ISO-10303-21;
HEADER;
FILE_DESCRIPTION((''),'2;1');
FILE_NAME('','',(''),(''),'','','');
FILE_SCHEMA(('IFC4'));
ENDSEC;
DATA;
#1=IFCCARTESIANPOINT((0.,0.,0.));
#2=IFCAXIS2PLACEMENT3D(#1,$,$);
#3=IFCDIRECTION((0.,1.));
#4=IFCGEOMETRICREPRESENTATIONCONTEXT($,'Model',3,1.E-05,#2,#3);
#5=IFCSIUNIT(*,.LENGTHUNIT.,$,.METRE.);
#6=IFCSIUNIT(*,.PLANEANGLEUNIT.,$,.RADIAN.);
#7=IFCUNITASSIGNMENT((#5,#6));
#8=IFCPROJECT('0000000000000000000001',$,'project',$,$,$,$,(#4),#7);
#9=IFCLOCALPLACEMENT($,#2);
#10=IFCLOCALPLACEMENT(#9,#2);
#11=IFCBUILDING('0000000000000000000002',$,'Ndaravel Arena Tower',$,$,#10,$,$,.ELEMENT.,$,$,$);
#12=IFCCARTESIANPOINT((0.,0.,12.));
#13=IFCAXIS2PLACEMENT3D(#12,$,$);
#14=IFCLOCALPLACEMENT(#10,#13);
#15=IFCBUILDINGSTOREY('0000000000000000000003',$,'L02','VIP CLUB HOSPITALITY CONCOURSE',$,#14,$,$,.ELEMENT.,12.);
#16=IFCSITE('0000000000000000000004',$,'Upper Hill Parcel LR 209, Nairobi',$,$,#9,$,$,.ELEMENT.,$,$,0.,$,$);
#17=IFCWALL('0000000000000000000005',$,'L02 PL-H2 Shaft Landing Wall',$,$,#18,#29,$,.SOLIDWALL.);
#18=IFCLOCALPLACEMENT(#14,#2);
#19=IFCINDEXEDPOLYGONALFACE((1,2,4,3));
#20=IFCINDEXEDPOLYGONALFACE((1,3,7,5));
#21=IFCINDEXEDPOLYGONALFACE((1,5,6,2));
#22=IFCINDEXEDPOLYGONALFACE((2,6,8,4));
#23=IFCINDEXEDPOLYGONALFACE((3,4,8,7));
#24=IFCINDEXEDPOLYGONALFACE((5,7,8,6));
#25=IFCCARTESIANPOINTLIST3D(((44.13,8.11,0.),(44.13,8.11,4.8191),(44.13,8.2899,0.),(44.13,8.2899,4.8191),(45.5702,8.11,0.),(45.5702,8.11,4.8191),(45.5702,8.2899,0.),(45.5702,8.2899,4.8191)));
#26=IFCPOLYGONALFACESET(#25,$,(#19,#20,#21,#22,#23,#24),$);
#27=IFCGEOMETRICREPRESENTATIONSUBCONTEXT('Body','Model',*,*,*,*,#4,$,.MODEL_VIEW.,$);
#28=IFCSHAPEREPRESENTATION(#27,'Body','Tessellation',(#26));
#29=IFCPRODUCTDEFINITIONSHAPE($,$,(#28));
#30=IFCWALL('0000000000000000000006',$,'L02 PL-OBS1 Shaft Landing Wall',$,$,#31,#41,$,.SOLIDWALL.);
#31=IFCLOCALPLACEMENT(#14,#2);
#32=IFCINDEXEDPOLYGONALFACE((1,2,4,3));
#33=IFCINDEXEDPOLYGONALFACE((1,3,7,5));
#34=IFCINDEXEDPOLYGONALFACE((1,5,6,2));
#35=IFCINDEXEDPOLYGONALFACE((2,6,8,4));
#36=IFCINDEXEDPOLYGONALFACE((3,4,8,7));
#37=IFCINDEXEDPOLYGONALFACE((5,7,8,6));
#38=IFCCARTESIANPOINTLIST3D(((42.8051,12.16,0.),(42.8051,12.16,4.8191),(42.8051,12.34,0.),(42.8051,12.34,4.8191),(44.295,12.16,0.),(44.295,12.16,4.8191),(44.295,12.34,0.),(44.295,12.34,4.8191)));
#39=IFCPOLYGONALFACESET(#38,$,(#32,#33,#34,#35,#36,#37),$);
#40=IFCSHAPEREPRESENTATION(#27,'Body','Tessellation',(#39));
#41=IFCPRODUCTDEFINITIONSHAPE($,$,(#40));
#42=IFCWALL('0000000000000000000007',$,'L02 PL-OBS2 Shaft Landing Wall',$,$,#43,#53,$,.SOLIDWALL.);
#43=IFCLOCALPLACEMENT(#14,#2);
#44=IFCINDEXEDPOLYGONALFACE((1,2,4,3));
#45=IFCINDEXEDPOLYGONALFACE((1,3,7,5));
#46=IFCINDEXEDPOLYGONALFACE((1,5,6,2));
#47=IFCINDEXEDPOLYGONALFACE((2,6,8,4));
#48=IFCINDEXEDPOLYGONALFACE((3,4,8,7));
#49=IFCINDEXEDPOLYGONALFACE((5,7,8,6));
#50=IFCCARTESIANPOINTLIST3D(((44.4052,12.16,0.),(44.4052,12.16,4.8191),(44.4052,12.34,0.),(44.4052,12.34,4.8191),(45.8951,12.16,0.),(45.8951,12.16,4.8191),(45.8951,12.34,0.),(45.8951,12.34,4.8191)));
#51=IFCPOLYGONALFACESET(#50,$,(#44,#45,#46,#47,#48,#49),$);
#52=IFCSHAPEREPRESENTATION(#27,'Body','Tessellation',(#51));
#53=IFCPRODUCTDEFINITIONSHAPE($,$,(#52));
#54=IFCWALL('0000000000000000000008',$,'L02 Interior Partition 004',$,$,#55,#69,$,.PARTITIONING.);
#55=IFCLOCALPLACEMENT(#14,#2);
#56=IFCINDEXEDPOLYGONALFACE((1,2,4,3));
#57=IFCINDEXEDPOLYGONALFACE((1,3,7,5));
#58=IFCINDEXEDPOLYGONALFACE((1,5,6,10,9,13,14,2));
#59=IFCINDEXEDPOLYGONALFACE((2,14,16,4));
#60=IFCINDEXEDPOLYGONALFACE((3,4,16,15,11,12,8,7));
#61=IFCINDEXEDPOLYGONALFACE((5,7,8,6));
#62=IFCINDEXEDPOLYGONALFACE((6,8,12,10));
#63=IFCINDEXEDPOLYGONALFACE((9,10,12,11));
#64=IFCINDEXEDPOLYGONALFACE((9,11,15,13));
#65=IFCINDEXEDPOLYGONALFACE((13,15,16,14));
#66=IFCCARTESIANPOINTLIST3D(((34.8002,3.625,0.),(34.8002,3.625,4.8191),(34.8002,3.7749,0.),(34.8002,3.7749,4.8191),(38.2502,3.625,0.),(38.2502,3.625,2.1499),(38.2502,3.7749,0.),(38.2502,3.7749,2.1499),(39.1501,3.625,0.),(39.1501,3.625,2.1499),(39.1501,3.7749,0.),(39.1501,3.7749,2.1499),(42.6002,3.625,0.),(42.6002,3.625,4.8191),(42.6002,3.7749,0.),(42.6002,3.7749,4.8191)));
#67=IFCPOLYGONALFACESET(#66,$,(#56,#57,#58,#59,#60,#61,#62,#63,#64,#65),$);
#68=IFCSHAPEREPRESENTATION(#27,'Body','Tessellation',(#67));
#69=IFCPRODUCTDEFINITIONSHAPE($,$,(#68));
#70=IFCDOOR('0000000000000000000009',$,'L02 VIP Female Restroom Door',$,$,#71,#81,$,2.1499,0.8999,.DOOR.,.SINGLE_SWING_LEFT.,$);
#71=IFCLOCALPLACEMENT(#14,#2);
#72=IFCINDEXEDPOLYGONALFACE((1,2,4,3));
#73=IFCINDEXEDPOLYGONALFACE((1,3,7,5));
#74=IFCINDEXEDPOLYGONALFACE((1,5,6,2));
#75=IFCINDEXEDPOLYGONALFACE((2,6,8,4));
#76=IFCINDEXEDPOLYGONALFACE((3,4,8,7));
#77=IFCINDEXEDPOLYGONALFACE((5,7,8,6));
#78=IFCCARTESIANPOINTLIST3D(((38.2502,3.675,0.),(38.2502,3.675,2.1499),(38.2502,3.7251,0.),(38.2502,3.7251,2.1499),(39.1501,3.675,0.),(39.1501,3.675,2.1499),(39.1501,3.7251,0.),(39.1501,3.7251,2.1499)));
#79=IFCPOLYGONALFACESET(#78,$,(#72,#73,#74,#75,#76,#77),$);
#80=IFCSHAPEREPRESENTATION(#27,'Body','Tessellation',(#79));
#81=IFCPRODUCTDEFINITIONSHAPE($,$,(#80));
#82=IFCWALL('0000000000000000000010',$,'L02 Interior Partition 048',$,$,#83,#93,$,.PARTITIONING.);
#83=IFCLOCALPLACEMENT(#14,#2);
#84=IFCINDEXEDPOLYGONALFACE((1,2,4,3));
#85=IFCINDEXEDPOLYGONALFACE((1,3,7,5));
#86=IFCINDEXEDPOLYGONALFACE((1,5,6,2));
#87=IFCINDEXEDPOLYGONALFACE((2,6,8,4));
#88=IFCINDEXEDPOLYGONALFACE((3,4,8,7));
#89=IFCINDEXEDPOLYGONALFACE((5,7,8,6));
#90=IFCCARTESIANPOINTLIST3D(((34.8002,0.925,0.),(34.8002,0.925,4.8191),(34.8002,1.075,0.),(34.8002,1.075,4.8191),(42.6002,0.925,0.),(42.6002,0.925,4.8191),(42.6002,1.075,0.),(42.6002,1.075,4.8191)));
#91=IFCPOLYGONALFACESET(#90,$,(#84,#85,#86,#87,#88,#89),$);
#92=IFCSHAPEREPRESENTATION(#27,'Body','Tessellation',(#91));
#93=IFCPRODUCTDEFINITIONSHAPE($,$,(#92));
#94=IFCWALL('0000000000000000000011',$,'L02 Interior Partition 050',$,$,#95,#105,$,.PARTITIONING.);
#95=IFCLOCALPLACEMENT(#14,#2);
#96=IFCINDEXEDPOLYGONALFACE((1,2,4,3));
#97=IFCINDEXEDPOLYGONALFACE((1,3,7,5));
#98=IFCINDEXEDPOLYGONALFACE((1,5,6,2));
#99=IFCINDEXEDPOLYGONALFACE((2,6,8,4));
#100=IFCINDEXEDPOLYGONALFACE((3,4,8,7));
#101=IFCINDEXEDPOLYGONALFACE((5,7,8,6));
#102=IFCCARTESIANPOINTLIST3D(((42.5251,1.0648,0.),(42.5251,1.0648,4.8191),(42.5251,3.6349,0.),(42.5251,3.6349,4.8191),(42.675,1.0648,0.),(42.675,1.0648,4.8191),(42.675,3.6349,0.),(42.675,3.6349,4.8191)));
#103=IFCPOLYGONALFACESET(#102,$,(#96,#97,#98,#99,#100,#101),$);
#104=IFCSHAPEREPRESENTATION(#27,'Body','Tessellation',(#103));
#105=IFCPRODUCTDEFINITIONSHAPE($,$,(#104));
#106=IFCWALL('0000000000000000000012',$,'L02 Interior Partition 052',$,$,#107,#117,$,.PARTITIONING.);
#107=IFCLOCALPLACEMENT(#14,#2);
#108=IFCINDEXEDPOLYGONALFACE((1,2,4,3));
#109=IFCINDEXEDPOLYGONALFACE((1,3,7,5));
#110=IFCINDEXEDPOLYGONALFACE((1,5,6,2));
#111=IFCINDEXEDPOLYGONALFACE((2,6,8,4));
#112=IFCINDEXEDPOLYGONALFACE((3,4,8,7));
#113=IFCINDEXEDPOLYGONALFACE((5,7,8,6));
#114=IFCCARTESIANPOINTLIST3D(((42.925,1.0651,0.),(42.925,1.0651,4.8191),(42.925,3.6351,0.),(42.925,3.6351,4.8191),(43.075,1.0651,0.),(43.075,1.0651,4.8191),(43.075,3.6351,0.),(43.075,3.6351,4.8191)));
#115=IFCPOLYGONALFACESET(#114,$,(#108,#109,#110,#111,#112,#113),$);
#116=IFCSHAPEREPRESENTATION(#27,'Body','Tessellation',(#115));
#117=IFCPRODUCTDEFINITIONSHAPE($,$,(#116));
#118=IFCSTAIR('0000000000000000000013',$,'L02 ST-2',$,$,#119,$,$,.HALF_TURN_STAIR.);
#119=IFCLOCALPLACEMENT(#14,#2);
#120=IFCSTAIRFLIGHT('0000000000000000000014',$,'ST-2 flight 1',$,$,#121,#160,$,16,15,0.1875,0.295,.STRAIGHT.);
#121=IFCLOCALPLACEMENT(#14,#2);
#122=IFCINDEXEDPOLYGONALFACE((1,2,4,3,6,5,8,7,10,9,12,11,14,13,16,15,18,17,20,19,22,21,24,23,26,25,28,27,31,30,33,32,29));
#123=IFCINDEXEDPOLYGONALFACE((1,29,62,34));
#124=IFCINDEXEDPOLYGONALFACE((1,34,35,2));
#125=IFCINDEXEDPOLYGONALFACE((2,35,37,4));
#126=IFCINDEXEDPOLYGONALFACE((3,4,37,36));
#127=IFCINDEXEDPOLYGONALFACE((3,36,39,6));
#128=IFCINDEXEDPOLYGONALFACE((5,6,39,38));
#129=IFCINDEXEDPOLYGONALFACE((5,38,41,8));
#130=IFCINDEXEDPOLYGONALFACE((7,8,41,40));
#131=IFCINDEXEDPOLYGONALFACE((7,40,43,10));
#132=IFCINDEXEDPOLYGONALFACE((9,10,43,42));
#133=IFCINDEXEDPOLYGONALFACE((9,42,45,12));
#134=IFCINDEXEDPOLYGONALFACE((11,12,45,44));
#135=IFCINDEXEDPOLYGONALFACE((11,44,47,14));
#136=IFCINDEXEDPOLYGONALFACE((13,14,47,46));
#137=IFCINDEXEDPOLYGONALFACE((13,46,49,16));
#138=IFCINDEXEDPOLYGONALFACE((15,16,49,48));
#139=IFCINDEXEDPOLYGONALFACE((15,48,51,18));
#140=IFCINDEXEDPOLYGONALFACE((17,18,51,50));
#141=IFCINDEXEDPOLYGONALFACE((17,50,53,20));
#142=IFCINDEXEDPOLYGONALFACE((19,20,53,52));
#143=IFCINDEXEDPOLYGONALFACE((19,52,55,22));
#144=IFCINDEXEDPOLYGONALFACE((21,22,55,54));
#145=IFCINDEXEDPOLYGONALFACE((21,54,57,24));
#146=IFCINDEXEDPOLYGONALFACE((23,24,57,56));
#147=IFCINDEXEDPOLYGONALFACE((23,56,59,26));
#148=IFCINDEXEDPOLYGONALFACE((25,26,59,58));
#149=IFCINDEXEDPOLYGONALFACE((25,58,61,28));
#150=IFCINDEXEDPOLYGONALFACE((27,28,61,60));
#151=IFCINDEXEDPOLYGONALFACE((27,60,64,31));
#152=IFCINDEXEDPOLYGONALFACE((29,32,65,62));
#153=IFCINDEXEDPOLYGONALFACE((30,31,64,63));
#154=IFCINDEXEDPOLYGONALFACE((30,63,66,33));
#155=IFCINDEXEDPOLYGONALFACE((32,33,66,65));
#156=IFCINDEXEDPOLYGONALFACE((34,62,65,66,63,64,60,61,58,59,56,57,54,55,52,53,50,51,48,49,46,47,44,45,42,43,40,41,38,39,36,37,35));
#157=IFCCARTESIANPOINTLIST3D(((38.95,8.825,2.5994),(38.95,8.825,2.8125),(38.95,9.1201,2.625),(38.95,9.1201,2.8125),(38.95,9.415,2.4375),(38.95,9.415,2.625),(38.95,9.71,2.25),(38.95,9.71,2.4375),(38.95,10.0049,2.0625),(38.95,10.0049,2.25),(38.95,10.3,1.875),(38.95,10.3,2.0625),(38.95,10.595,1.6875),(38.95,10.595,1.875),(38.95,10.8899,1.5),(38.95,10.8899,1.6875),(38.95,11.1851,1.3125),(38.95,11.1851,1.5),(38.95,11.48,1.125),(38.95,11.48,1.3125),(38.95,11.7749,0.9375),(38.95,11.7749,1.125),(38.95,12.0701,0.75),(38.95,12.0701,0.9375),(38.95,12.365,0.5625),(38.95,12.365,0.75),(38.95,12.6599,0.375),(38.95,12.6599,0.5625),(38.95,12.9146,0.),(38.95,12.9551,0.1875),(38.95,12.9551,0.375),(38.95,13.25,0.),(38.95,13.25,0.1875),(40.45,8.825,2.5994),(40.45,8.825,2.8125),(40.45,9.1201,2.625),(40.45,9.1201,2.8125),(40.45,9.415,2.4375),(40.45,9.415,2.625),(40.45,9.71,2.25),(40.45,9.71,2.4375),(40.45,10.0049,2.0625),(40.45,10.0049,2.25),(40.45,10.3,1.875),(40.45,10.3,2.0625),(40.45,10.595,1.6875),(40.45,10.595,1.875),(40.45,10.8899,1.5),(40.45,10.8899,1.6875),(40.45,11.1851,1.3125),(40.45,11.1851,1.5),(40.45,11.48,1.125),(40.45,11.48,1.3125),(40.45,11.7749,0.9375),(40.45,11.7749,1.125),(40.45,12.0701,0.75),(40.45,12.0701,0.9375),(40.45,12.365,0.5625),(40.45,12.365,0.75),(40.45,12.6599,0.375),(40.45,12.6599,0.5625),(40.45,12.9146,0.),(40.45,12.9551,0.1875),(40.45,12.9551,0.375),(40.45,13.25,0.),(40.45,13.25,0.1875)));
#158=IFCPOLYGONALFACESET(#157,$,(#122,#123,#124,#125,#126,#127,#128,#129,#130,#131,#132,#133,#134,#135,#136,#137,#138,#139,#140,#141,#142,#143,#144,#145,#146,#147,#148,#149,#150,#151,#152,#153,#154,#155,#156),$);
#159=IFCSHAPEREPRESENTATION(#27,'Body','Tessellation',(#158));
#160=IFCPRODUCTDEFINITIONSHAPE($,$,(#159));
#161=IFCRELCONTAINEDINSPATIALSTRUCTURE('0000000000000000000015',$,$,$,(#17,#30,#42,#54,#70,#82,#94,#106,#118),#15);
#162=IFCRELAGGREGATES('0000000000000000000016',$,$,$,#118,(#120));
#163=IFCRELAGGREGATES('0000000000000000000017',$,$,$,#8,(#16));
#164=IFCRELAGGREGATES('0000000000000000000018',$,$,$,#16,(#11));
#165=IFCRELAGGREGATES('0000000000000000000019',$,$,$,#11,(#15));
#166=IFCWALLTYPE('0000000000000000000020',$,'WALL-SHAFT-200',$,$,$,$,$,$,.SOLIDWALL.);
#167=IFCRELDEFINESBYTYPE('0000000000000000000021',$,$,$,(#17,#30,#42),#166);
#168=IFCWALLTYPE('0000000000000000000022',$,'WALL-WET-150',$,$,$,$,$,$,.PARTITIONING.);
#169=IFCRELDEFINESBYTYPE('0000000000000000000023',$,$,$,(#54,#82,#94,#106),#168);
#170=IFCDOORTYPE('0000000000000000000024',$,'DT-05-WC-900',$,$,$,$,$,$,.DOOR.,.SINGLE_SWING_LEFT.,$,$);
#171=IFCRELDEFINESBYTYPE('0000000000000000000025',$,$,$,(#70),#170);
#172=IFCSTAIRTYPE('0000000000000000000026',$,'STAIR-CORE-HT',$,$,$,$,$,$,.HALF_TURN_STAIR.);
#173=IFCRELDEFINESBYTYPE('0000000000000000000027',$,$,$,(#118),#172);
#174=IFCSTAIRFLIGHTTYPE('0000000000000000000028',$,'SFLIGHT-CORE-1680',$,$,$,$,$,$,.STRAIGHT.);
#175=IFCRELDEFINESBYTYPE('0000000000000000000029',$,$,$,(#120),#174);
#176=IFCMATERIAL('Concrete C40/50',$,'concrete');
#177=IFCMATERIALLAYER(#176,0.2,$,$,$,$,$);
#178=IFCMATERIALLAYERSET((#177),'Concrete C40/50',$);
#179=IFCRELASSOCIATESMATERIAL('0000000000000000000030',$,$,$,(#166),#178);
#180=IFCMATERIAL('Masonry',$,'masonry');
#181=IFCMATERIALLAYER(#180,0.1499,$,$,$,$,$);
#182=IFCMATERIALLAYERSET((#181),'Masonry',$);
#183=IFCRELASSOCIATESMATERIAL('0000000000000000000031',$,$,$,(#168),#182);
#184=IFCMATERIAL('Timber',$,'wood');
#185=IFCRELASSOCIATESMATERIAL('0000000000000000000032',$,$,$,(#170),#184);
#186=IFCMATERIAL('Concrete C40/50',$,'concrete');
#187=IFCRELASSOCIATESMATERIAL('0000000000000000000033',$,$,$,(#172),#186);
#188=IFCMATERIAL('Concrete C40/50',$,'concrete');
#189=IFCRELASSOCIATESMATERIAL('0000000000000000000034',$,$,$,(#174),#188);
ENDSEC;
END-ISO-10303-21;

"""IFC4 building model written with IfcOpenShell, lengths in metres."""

from ifc_helpers import new_model, si_unit, direction, frame, frame_2d, origin, place, context, subcontext, project, spatial, polyline, rectangle, outline, extrude, material, layer, layer_set, type_object, element, fill, aggregate, save


model = new_model("IFC4")

# Units and contexts
model_context = context("Model", 3, precision=1e-05, world=origin(), true_north=direction((0.0, 1.0)))
body_context = subcontext(model_context, "Body", "Model", "MODEL_VIEW")
ifc_project = project(units=[si_unit("LENGTHUNIT", "METRE"), si_unit("PLANEANGLEUNIT", "RADIAN")], contexts=[model_context])

# Site, building, storey
site_placement = place(None, origin())
site = spatial("IfcSite", under=ifc_project, at=site_placement, Name="Upper Hill Parcel LR 209, Nairobi", CompositionType="ELEMENT", RefElevation=0.0)
building_placement = place(site_placement, origin())
building = spatial("IfcBuilding", under=site, at=building_placement, Name="Ndaravel Arena Tower", CompositionType="ELEMENT")
storey_placement = place(building_placement, frame((0.0, 0.0, 12.0)))
storey = spatial("IfcBuildingStorey", under=building, at=storey_placement, Name="L02", Description="VIP CLUB HOSPITALITY CONCOURSE", CompositionType="ELEMENT", Elevation=12.0)

# Walls
ifc_material_1 = material(Name="Concrete C40/50", Category="concrete")
ifc_layer_1 = layer(ifc_material_1, 0.2)
ifc_layer_set_1 = layer_set([ifc_layer_1], Name="Concrete C40/50")
wall_type_1 = type_object("IfcWallType", Name="WALL-SHAFT-200", PredefinedType="SOLIDWALL", material=ifc_layer_set_1)
wall_1_placement = place(storey_placement, frame((44.1299, 8.2, 0.0), z_axis=(0.0, 0.0, 1.0), x_axis=(1.0, 0.0, 0.0)))
element("IfcWall", 1, at=wall_1_placement, inside=storey, type_object=wall_type_1, Name="L02 PL-H2 Shaft Landing Wall", PredefinedType="SOLIDWALL", context=body_context, shape_type="SweptSolid", body=[
    extrude(rectangle(XDim=1.4402, YDim=0.1799, at=frame_2d((0.7202, 0.0))), origin(), (0.0, 0.0, 1.0), 4.8191),
])
for number, where, z_axis, x_axis, name in (
    (2, (42.8049, 12.25, 0.0), (0.0, 0.0, 1.0), (1.0, 0.0, 0.0), "L02 PL-OBS1 Shaft Landing Wall"),
    (3, (44.405, 12.25, 0.0), (0.0, 0.0, 1.0), (1.0, 0.0, 0.0), "L02 PL-OBS2 Shaft Landing Wall"),
):
    element("IfcWall", number, at=place(storey_placement, frame(where, z_axis=z_axis, x_axis=x_axis)), inside=storey, type_object=wall_type_1, Name=name, PredefinedType="SOLIDWALL", context=body_context, shape_type="SweptSolid", body=[
        extrude(rectangle(XDim=1.49, YDim=0.1799, at=frame_2d((0.7451, 0.0))), origin(), (0.0, 0.0, 1.0), 4.8191),
    ])

# Wall, opening, door
ifc_material_2 = material(Name="Masonry", Category="masonry")
ifc_layer_2 = layer(ifc_material_2, 0.1499)
ifc_layer_set_2 = layer_set([ifc_layer_2], Name="Masonry")
wall_type_2 = type_object("IfcWallType", Name="WALL-WET-150", PredefinedType="PARTITIONING", material=ifc_layer_set_2)
wall_2_placement = place(storey_placement, frame((42.6001, 3.7, 0.0), z_axis=(0.0, 0.0, 1.0), x_axis=(-1.0, 0.0, 0.0)))
wall_2 = element("IfcWall", 4, at=wall_2_placement, inside=storey, type_object=wall_type_2, Name="L02 Interior Partition 004", PredefinedType="PARTITIONING", context=body_context, shape_type="SweptSolid", body=[
    extrude(rectangle(XDim=7.8, YDim=0.1499, at=frame_2d((3.8999, 0.0))), origin(), (0.0, 0.0, 1.0), 4.8191),
])
opening_placement = place(wall_2_placement, frame((3.45, 0.0, 0.0)))
opening = element("IfcOpeningElement", 5, at=opening_placement, cuts=wall_2, PredefinedType="OPENING", context=body_context, shape_type="SweptSolid", body=[
    extrude(rectangle(XDim=0.8999, YDim=2.1499, at=frame_2d((0.45, 1.075))), frame((0.0, 0.075, 0.0), z_axis=(0.0, -1.0, 0.0), x_axis=(1.0, 0.0, 0.0)), (0.0, 0.0, 1.0), 0.1499),
])
ifc_material_3 = material(Name="Timber", Category="wood")
door_type = type_object("IfcDoorType", Name="DT-05-WC-900", OperationType="SINGLE_SWING_LEFT", PredefinedType="DOOR", material=ifc_material_3)
door_placement = place(opening_placement, origin())
door = element("IfcDoor", 6, at=door_placement, inside=storey, type_object=door_type, Name="L02 VIP Female Restroom Door", OperationType="SINGLE_SWING_LEFT", OverallHeight=2.1499, OverallWidth=0.8999, PredefinedType="DOOR", context=body_context, shape_type="SweptSolid", body=[
    extrude(rectangle(XDim=0.8999, YDim=2.1499, at=frame_2d((0.45, 1.075))), frame((0.0, 0.0249, 0.0), z_axis=(0.0, -1.0, 0.0), x_axis=(1.0, 0.0, 0.0)), (0.0, 0.0, 1.0), 0.05),
])
fill(opening, door)

# Walls
wall_3_placement = place(storey_placement, frame((42.6001, 1.0, 0.0), z_axis=(0.0, 0.0, 1.0), x_axis=(-1.0, 0.0, 0.0)))
element("IfcWall", 7, at=wall_3_placement, inside=storey, type_object=wall_type_2, Name="L02 Interior Partition 048", PredefinedType="PARTITIONING", context=body_context, shape_type="SweptSolid", body=[
    extrude(rectangle(XDim=7.8, YDim=0.1499, at=frame_2d((3.8999, 0.0))), origin(), (0.0, 0.0, 1.0), 4.8191),
])
for number, where, z_axis, x_axis, name in (
    (8, (42.6001, 3.635, 0.0), (0.0, 0.0, 1.0), (0.0, -1.0, 0.0), "L02 Interior Partition 050"),
    (9, (43.0, 1.0649, 0.0), (0.0, 0.0, 1.0), (0.0, 1.0, 0.0), "L02 Interior Partition 052"),
):
    element("IfcWall", number, at=place(storey_placement, frame(where, z_axis=z_axis, x_axis=x_axis)), inside=storey, type_object=wall_type_2, Name=name, PredefinedType="PARTITIONING", context=body_context, shape_type="SweptSolid", body=[
        extrude(rectangle(XDim=2.5701, YDim=0.1499, at=frame_2d((1.2852, 0.0))), origin(), (0.0, 0.0, 1.0), 4.8191),
    ])

# Stair, stair flight
ifc_material_4 = material(Name="Concrete C40/50", Category="concrete")
stair_type = type_object("IfcStairType", Name="STAIR-CORE-HT", PredefinedType="HALF_TURN_STAIR", material=ifc_material_4)
stair_placement = place(storey_placement, origin())
stair = element("IfcStair", 10, at=stair_placement, inside=storey, type_object=stair_type, Name="L02 ST-2", PredefinedType="HALF_TURN_STAIR")
ifc_material_5 = material(Name="Concrete C40/50", Category="concrete")
stair_flight_type = type_object("IfcStairFlightType", Name="SFLIGHT-CORE-1680", PredefinedType="STRAIGHT", material=ifc_material_5)
stair_flight_1_placement = place(storey_placement, frame((39.7, 13.25, 0.0), z_axis=(0.0, 0.0, 1.0), x_axis=(0.0, -1.0, 0.0)))
stair_flight_1 = element("IfcStairFlight", 11, at=stair_flight_1_placement, type_object=stair_flight_type, Name="ST-2 flight 1", NumberOfRisers=16, NumberOfTreads=15, PredefinedType="STRAIGHT", RiserHeight=0.1875, TreadLength=0.295, context=body_context, shape_type="SweptSolid", body=[
    extrude(outline(polyline([(0.0, 0.0), (0.0, 0.1875), (0.2949, 0.1875), (0.2949, 0.375), (0.5901, 0.375), (0.5901, 0.5625), (0.885, 0.5625), (0.885, 0.75), (1.1799, 0.75), (1.1799, 0.9375), (1.4751, 0.9375), (1.4751, 1.125), (1.77, 1.125), (1.77, 1.3125), (2.0649, 1.3125), (2.0649, 1.5), (2.3601, 1.5), (2.3601, 1.6875), (2.655, 1.6875), (2.655, 1.875), (2.95, 1.875), (2.95, 2.0625), (3.2451, 2.0625), (3.2451, 2.25), (3.54, 2.25), (3.54, 2.4375), (3.835, 2.4375), (3.835, 2.625), (4.1299, 2.625), (4.1299, 2.8125), (4.425, 2.8125), (4.425, 3.0), (4.425, 2.5994), (0.3354, 0.0), (0.0, 0.0)])), frame((0.0, 0.75, 0.0), z_axis=(0.0, -1.0, 0.0), x_axis=(1.0, 0.0, 0.0)), (0.0, 0.0, 1.0), 1.5),
])
aggregate(stair, [stair_flight_1])

save(model, "model.ifc")
